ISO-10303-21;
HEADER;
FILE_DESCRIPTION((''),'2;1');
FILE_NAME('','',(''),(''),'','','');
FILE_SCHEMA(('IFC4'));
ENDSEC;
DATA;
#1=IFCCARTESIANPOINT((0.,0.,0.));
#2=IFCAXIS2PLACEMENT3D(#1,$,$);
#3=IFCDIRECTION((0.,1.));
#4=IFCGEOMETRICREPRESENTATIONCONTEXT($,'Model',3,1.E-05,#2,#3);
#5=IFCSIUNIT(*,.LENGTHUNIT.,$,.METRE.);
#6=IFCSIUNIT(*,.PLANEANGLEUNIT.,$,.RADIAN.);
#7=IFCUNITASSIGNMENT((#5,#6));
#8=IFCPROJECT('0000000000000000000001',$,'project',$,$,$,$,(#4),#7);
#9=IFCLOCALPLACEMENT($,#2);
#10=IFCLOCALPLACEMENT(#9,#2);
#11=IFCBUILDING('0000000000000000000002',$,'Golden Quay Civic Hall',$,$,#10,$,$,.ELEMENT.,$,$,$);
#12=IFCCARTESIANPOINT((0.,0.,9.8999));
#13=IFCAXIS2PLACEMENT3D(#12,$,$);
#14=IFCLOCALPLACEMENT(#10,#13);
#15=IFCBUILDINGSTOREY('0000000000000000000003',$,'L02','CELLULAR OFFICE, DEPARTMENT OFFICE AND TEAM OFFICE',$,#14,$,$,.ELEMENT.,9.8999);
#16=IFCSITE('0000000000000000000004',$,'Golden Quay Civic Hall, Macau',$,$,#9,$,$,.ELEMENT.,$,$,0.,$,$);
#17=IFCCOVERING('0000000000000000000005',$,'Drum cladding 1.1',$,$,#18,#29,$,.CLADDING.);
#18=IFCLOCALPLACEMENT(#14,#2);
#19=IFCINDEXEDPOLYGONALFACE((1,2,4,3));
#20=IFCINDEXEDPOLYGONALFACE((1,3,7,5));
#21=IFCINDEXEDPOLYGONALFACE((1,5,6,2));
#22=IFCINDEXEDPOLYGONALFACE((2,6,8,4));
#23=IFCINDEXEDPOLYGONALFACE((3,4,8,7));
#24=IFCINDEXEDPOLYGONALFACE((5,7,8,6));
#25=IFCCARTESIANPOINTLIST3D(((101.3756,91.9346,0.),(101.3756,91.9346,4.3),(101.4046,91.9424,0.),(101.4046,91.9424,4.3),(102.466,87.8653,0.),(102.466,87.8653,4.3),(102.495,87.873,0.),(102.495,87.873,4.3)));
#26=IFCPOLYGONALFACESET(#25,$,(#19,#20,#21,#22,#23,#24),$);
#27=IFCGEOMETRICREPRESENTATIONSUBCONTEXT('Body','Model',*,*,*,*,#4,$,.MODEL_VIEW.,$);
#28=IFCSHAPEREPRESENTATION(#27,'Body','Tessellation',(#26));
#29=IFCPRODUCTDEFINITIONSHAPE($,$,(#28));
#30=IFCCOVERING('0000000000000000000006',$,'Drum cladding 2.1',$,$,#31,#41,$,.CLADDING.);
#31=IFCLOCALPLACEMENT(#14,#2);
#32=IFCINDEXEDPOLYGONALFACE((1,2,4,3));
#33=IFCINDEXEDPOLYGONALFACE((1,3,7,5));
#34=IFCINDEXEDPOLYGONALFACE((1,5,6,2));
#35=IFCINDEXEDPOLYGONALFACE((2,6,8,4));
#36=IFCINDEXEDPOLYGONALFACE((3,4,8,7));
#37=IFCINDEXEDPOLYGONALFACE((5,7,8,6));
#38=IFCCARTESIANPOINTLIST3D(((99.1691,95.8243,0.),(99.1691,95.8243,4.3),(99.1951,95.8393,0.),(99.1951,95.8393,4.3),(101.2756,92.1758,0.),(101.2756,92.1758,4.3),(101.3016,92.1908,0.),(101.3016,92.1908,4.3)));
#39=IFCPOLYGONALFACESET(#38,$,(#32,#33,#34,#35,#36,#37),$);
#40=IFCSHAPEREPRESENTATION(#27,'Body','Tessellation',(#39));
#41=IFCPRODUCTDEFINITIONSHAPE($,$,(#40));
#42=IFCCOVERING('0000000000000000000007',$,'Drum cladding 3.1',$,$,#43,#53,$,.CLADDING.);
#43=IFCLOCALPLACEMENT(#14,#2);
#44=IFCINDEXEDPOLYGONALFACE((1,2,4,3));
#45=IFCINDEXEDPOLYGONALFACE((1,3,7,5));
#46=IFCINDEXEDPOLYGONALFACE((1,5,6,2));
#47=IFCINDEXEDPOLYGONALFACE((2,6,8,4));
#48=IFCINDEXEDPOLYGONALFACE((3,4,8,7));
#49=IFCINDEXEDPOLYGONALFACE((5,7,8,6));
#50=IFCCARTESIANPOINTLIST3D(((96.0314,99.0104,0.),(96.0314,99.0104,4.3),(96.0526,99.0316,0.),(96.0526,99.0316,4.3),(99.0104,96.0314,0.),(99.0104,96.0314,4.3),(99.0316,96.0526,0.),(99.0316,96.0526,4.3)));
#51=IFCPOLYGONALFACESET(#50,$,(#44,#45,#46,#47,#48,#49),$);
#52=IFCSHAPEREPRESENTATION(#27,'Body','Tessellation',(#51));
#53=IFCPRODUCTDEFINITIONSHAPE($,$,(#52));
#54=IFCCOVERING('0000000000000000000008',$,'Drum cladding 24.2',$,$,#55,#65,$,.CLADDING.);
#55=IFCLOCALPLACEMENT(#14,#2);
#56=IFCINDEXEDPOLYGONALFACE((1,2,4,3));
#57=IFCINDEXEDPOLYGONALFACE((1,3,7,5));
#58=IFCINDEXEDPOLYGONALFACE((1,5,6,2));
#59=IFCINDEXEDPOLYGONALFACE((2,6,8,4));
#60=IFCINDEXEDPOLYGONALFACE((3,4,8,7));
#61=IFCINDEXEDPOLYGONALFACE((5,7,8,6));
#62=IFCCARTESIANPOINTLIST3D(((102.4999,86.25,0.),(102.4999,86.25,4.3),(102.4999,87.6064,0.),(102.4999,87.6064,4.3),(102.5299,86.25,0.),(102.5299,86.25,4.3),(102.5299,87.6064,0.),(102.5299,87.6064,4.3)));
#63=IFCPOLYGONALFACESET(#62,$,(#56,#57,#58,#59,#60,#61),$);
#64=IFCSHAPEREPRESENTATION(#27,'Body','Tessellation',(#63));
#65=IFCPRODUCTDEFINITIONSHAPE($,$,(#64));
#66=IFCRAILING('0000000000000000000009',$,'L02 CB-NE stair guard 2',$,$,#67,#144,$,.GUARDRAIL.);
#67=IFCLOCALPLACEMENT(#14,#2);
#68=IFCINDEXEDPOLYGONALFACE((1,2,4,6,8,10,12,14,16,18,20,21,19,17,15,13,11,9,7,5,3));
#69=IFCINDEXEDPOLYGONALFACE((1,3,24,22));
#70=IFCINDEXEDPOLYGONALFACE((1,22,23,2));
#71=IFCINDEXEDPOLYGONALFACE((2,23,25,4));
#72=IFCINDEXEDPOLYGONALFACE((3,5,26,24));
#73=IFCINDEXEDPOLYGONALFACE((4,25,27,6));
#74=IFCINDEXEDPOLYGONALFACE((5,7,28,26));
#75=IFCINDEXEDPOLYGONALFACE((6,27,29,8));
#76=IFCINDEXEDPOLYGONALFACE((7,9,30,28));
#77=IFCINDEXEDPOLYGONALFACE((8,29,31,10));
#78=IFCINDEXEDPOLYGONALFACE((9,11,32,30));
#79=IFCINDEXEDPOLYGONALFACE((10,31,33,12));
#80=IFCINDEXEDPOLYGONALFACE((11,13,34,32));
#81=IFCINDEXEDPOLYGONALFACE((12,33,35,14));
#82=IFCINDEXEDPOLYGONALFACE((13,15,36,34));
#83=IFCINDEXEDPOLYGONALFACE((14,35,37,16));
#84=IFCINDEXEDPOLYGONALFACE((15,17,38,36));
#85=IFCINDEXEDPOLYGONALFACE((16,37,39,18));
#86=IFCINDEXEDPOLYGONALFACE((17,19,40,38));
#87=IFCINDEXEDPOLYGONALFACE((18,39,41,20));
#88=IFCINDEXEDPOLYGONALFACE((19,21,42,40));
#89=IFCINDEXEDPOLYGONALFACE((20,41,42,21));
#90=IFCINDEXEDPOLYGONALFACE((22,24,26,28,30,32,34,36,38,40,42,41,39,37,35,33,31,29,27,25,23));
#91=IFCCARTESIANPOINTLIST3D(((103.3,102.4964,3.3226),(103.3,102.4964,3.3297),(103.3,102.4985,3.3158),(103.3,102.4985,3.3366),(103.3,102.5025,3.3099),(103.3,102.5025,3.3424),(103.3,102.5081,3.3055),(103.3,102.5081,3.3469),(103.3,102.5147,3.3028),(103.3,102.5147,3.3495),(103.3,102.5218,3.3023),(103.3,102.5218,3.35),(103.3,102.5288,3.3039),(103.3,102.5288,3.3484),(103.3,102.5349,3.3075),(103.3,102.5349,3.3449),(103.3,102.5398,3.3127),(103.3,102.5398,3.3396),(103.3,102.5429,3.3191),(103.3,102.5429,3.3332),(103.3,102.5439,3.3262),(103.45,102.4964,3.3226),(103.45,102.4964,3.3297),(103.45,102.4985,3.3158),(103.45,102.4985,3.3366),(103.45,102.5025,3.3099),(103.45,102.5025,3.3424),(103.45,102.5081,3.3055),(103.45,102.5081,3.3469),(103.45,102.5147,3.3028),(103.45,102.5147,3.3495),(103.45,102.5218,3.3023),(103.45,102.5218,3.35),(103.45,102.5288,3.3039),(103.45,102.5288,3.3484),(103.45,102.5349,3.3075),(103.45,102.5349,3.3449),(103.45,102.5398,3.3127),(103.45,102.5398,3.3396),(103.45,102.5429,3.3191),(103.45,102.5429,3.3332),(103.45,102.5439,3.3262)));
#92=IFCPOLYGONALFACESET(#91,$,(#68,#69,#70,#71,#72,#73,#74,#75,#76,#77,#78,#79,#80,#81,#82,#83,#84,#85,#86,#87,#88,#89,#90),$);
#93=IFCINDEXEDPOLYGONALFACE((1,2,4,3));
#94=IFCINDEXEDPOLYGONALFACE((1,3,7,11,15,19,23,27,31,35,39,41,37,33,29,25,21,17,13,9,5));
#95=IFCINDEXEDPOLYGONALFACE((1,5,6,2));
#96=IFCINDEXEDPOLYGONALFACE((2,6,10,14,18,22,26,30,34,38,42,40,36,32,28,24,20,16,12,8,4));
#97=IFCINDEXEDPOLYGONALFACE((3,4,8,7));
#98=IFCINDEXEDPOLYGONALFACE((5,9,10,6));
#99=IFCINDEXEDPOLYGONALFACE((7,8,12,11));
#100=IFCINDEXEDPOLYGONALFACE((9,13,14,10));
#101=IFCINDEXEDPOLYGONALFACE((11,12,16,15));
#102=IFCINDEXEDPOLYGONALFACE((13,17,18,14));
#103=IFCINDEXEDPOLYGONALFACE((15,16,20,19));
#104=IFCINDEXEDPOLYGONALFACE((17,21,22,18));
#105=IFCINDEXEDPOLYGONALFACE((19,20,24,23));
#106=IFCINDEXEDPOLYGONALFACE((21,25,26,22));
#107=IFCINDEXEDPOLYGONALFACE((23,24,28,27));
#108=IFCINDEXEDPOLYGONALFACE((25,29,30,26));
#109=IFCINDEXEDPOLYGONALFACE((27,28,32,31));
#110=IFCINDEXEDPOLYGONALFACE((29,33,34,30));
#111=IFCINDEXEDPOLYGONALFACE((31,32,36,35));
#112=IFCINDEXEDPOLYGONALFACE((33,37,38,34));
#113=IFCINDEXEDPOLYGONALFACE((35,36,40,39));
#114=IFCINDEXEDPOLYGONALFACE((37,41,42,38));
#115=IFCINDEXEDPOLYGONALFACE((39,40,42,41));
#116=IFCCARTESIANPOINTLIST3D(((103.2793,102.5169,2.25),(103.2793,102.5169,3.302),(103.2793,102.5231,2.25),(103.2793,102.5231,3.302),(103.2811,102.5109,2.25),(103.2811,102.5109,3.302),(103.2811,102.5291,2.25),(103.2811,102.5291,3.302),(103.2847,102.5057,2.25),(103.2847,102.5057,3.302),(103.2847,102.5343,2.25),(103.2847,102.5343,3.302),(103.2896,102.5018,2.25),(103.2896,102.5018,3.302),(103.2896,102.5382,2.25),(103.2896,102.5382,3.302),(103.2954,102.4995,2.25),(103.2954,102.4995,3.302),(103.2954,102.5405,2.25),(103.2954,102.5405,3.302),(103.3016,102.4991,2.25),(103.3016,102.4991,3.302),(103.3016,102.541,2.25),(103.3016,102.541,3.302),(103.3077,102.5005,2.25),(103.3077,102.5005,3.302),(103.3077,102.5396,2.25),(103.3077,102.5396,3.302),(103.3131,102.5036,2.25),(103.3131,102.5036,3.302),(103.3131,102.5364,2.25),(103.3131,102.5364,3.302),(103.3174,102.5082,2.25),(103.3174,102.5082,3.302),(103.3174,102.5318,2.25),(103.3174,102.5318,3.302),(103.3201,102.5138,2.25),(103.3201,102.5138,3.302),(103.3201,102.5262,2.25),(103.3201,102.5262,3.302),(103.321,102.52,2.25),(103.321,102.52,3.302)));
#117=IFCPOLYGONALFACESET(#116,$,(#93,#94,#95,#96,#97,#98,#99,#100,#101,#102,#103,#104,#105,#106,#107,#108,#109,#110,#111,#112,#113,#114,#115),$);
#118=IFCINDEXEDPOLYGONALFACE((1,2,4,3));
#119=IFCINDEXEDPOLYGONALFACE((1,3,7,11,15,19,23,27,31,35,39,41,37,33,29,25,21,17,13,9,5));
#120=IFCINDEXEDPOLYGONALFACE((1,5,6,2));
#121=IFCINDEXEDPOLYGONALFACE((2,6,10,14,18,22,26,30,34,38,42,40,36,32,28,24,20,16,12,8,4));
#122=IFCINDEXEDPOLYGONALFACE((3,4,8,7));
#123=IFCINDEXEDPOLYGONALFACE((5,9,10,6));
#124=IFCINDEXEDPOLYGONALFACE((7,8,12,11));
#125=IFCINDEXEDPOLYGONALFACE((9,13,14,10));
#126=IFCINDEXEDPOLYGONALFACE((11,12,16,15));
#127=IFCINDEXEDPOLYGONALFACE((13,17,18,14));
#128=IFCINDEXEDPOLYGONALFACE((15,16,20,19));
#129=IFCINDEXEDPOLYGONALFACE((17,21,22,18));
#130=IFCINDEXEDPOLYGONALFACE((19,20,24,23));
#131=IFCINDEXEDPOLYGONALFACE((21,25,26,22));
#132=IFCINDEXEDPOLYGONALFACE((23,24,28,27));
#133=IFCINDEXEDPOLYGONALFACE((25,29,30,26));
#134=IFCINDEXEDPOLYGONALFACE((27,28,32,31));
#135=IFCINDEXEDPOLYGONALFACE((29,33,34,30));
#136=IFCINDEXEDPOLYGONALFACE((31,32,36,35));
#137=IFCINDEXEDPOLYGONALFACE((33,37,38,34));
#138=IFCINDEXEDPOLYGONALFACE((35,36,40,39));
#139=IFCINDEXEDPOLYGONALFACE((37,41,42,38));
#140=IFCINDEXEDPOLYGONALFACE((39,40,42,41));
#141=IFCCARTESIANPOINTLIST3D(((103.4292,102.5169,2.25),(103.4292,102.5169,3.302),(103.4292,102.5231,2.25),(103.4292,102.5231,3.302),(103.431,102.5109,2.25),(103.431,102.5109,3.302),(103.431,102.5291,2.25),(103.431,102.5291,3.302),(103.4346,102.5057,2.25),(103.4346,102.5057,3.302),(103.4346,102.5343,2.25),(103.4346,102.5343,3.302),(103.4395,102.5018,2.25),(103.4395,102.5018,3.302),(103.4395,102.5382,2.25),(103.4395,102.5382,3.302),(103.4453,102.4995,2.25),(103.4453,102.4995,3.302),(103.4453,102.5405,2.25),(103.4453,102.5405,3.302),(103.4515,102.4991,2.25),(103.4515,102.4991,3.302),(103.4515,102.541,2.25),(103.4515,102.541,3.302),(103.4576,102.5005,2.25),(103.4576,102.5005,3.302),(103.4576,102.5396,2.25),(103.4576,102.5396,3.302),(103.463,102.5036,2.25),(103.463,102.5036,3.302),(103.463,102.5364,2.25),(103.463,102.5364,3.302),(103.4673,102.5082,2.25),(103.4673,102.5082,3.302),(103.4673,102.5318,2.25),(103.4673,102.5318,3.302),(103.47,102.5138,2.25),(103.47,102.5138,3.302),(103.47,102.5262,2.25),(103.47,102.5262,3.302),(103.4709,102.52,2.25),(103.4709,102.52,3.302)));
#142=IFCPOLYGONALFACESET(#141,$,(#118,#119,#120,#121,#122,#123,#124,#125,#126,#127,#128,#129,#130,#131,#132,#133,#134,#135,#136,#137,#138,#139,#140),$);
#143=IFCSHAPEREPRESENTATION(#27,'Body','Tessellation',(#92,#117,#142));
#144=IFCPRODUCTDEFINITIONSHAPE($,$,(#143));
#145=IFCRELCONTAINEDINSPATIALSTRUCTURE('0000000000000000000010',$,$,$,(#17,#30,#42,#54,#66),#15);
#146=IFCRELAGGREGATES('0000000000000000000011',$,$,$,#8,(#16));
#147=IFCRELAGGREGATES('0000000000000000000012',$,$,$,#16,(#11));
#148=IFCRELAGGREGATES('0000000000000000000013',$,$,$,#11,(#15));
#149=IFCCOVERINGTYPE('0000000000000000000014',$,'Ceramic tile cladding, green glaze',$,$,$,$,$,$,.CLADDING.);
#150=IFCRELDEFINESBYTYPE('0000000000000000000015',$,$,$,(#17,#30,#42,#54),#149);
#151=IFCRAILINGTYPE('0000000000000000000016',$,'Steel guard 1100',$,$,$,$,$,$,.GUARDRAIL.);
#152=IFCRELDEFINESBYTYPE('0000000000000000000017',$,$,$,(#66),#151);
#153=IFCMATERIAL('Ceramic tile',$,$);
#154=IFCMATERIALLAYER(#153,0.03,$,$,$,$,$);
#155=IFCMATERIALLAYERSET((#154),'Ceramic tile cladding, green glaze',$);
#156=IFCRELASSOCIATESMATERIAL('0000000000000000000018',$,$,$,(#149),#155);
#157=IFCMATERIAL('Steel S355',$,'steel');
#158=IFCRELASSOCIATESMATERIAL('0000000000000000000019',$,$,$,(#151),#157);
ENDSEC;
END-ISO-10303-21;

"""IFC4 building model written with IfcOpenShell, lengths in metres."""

from ifc_helpers import new_model, si_unit, direction, frame, origin, origin_2d, place, context, subcontext, project, spatial, rectangle, circle, extrude, material, layer, layer_set, type_object, element, save


model = new_model("IFC4")

# Units and contexts
model_context = context("Model", 3, precision=1e-05, world=origin(), true_north=direction((0.0, 1.0)))
body_context = subcontext(model_context, "Body", "Model", "MODEL_VIEW")
ifc_project = project(units=[si_unit("LENGTHUNIT", "METRE"), si_unit("PLANEANGLEUNIT", "RADIAN")], contexts=[model_context])

# Site, building, storey
site_placement = place(None, origin())
site = spatial("IfcSite", under=ifc_project, at=site_placement, Name="Golden Quay Civic Hall, Macau", CompositionType="ELEMENT", RefElevation=0.0)
building_placement = place(site_placement, origin())
building = spatial("IfcBuilding", under=site, at=building_placement, Name="Golden Quay Civic Hall", CompositionType="ELEMENT")
storey_placement = place(building_placement, frame((0.0, 0.0, 9.8999)))
storey = spatial("IfcBuildingStorey", under=building, at=storey_placement, Name="L02", Description="CELLULAR OFFICE, DEPARTMENT OFFICE AND TEAM OFFICE", CompositionType="ELEMENT", Elevation=9.8999)

# Coverings
ifc_material_1 = material(Name="Ceramic tile")
ifc_layer_1 = layer(ifc_material_1, 0.03)
ifc_layer_set_1 = layer_set([ifc_layer_1], Name="Ceramic tile cladding, green glaze")
covering_type = type_object("IfcCoveringType", Name="Ceramic tile cladding, green glaze", PredefinedType="CLADDING", material=ifc_layer_set_1)
for number, where, z_axis, x_axis, name in (
    (1, (101.9353, 89.9038, 0.0), (0.0, 0.0, 1.0), (-0.258819, 0.965926, 0.0), "Drum cladding 1.1"),
    (2, (100.2354, 94.0076, 0.0), (0.0, 0.0, 1.0), (-0.5, 0.866025, 0.0), "Drum cladding 2.1"),
    (3, (97.5315, 97.5315, 0.0), (0.0, 0.0, 1.0), (-0.707107, 0.707107, 0.0), "Drum cladding 3.1"),
):
    element("IfcCovering", number, at=place(storey_placement, frame(where, z_axis=z_axis, x_axis=x_axis)), inside=storey, type_object=covering_type, Name=name, PredefinedType="CLADDING", context=body_context, shape_type="SweptSolid", body=[
        extrude(rectangle(XDim=4.2129, YDim=0.03, at=origin_2d()), origin(), (0.0, 0.0, 1.0), 4.3),
    ])
covering_placement = place(storey_placement, frame((102.5149, 86.9282, 0.0), z_axis=(0.0, 0.0, 1.0), x_axis=(0.0, 1.0, 0.0)))
element("IfcCovering", 4, at=covering_placement, inside=storey, type_object=covering_type, Name="Drum cladding 24.2", PredefinedType="CLADDING", context=body_context, shape_type="SweptSolid", body=[
    extrude(rectangle(XDim=1.3564, YDim=0.03, at=origin_2d()), origin(), (0.0, 0.0, 1.0), 4.3),
])

# Railing
ifc_material_2 = material(Name="Steel S355", Category="steel")
railing_type_1 = type_object("IfcRailingType", Name="Steel guard 1100", PredefinedType="GUARDRAIL", material=ifc_material_2)
railing_1_placement = place(storey_placement, frame((103.3, 102.52, 2.25)))
element("IfcRailing", 5, at=railing_1_placement, inside=storey, type_object=railing_type_1, Name="L02 CB-NE stair guard 2", PredefinedType="GUARDRAIL", context=body_context, shape_type="SweptSolid", body=[
    extrude(circle(Radius=0.0239, at=origin_2d()), frame((0.0, 0.0, 1.0762), z_axis=(1.0, 0.0, 0.0), x_axis=(0.0, 1.0, 0.0)), (0.0, 0.0, 1.0), 0.1499),
    extrude(circle(Radius=0.021, at=origin_2d()), origin(), (0.0, 0.0, 1.0), 1.052),
    extrude(circle(Radius=0.021, at=origin_2d()), frame((0.1499, 0.0, 0.0)), (0.0, 0.0, 1.0), 1.052),
])

save(model, "model.ifc")
